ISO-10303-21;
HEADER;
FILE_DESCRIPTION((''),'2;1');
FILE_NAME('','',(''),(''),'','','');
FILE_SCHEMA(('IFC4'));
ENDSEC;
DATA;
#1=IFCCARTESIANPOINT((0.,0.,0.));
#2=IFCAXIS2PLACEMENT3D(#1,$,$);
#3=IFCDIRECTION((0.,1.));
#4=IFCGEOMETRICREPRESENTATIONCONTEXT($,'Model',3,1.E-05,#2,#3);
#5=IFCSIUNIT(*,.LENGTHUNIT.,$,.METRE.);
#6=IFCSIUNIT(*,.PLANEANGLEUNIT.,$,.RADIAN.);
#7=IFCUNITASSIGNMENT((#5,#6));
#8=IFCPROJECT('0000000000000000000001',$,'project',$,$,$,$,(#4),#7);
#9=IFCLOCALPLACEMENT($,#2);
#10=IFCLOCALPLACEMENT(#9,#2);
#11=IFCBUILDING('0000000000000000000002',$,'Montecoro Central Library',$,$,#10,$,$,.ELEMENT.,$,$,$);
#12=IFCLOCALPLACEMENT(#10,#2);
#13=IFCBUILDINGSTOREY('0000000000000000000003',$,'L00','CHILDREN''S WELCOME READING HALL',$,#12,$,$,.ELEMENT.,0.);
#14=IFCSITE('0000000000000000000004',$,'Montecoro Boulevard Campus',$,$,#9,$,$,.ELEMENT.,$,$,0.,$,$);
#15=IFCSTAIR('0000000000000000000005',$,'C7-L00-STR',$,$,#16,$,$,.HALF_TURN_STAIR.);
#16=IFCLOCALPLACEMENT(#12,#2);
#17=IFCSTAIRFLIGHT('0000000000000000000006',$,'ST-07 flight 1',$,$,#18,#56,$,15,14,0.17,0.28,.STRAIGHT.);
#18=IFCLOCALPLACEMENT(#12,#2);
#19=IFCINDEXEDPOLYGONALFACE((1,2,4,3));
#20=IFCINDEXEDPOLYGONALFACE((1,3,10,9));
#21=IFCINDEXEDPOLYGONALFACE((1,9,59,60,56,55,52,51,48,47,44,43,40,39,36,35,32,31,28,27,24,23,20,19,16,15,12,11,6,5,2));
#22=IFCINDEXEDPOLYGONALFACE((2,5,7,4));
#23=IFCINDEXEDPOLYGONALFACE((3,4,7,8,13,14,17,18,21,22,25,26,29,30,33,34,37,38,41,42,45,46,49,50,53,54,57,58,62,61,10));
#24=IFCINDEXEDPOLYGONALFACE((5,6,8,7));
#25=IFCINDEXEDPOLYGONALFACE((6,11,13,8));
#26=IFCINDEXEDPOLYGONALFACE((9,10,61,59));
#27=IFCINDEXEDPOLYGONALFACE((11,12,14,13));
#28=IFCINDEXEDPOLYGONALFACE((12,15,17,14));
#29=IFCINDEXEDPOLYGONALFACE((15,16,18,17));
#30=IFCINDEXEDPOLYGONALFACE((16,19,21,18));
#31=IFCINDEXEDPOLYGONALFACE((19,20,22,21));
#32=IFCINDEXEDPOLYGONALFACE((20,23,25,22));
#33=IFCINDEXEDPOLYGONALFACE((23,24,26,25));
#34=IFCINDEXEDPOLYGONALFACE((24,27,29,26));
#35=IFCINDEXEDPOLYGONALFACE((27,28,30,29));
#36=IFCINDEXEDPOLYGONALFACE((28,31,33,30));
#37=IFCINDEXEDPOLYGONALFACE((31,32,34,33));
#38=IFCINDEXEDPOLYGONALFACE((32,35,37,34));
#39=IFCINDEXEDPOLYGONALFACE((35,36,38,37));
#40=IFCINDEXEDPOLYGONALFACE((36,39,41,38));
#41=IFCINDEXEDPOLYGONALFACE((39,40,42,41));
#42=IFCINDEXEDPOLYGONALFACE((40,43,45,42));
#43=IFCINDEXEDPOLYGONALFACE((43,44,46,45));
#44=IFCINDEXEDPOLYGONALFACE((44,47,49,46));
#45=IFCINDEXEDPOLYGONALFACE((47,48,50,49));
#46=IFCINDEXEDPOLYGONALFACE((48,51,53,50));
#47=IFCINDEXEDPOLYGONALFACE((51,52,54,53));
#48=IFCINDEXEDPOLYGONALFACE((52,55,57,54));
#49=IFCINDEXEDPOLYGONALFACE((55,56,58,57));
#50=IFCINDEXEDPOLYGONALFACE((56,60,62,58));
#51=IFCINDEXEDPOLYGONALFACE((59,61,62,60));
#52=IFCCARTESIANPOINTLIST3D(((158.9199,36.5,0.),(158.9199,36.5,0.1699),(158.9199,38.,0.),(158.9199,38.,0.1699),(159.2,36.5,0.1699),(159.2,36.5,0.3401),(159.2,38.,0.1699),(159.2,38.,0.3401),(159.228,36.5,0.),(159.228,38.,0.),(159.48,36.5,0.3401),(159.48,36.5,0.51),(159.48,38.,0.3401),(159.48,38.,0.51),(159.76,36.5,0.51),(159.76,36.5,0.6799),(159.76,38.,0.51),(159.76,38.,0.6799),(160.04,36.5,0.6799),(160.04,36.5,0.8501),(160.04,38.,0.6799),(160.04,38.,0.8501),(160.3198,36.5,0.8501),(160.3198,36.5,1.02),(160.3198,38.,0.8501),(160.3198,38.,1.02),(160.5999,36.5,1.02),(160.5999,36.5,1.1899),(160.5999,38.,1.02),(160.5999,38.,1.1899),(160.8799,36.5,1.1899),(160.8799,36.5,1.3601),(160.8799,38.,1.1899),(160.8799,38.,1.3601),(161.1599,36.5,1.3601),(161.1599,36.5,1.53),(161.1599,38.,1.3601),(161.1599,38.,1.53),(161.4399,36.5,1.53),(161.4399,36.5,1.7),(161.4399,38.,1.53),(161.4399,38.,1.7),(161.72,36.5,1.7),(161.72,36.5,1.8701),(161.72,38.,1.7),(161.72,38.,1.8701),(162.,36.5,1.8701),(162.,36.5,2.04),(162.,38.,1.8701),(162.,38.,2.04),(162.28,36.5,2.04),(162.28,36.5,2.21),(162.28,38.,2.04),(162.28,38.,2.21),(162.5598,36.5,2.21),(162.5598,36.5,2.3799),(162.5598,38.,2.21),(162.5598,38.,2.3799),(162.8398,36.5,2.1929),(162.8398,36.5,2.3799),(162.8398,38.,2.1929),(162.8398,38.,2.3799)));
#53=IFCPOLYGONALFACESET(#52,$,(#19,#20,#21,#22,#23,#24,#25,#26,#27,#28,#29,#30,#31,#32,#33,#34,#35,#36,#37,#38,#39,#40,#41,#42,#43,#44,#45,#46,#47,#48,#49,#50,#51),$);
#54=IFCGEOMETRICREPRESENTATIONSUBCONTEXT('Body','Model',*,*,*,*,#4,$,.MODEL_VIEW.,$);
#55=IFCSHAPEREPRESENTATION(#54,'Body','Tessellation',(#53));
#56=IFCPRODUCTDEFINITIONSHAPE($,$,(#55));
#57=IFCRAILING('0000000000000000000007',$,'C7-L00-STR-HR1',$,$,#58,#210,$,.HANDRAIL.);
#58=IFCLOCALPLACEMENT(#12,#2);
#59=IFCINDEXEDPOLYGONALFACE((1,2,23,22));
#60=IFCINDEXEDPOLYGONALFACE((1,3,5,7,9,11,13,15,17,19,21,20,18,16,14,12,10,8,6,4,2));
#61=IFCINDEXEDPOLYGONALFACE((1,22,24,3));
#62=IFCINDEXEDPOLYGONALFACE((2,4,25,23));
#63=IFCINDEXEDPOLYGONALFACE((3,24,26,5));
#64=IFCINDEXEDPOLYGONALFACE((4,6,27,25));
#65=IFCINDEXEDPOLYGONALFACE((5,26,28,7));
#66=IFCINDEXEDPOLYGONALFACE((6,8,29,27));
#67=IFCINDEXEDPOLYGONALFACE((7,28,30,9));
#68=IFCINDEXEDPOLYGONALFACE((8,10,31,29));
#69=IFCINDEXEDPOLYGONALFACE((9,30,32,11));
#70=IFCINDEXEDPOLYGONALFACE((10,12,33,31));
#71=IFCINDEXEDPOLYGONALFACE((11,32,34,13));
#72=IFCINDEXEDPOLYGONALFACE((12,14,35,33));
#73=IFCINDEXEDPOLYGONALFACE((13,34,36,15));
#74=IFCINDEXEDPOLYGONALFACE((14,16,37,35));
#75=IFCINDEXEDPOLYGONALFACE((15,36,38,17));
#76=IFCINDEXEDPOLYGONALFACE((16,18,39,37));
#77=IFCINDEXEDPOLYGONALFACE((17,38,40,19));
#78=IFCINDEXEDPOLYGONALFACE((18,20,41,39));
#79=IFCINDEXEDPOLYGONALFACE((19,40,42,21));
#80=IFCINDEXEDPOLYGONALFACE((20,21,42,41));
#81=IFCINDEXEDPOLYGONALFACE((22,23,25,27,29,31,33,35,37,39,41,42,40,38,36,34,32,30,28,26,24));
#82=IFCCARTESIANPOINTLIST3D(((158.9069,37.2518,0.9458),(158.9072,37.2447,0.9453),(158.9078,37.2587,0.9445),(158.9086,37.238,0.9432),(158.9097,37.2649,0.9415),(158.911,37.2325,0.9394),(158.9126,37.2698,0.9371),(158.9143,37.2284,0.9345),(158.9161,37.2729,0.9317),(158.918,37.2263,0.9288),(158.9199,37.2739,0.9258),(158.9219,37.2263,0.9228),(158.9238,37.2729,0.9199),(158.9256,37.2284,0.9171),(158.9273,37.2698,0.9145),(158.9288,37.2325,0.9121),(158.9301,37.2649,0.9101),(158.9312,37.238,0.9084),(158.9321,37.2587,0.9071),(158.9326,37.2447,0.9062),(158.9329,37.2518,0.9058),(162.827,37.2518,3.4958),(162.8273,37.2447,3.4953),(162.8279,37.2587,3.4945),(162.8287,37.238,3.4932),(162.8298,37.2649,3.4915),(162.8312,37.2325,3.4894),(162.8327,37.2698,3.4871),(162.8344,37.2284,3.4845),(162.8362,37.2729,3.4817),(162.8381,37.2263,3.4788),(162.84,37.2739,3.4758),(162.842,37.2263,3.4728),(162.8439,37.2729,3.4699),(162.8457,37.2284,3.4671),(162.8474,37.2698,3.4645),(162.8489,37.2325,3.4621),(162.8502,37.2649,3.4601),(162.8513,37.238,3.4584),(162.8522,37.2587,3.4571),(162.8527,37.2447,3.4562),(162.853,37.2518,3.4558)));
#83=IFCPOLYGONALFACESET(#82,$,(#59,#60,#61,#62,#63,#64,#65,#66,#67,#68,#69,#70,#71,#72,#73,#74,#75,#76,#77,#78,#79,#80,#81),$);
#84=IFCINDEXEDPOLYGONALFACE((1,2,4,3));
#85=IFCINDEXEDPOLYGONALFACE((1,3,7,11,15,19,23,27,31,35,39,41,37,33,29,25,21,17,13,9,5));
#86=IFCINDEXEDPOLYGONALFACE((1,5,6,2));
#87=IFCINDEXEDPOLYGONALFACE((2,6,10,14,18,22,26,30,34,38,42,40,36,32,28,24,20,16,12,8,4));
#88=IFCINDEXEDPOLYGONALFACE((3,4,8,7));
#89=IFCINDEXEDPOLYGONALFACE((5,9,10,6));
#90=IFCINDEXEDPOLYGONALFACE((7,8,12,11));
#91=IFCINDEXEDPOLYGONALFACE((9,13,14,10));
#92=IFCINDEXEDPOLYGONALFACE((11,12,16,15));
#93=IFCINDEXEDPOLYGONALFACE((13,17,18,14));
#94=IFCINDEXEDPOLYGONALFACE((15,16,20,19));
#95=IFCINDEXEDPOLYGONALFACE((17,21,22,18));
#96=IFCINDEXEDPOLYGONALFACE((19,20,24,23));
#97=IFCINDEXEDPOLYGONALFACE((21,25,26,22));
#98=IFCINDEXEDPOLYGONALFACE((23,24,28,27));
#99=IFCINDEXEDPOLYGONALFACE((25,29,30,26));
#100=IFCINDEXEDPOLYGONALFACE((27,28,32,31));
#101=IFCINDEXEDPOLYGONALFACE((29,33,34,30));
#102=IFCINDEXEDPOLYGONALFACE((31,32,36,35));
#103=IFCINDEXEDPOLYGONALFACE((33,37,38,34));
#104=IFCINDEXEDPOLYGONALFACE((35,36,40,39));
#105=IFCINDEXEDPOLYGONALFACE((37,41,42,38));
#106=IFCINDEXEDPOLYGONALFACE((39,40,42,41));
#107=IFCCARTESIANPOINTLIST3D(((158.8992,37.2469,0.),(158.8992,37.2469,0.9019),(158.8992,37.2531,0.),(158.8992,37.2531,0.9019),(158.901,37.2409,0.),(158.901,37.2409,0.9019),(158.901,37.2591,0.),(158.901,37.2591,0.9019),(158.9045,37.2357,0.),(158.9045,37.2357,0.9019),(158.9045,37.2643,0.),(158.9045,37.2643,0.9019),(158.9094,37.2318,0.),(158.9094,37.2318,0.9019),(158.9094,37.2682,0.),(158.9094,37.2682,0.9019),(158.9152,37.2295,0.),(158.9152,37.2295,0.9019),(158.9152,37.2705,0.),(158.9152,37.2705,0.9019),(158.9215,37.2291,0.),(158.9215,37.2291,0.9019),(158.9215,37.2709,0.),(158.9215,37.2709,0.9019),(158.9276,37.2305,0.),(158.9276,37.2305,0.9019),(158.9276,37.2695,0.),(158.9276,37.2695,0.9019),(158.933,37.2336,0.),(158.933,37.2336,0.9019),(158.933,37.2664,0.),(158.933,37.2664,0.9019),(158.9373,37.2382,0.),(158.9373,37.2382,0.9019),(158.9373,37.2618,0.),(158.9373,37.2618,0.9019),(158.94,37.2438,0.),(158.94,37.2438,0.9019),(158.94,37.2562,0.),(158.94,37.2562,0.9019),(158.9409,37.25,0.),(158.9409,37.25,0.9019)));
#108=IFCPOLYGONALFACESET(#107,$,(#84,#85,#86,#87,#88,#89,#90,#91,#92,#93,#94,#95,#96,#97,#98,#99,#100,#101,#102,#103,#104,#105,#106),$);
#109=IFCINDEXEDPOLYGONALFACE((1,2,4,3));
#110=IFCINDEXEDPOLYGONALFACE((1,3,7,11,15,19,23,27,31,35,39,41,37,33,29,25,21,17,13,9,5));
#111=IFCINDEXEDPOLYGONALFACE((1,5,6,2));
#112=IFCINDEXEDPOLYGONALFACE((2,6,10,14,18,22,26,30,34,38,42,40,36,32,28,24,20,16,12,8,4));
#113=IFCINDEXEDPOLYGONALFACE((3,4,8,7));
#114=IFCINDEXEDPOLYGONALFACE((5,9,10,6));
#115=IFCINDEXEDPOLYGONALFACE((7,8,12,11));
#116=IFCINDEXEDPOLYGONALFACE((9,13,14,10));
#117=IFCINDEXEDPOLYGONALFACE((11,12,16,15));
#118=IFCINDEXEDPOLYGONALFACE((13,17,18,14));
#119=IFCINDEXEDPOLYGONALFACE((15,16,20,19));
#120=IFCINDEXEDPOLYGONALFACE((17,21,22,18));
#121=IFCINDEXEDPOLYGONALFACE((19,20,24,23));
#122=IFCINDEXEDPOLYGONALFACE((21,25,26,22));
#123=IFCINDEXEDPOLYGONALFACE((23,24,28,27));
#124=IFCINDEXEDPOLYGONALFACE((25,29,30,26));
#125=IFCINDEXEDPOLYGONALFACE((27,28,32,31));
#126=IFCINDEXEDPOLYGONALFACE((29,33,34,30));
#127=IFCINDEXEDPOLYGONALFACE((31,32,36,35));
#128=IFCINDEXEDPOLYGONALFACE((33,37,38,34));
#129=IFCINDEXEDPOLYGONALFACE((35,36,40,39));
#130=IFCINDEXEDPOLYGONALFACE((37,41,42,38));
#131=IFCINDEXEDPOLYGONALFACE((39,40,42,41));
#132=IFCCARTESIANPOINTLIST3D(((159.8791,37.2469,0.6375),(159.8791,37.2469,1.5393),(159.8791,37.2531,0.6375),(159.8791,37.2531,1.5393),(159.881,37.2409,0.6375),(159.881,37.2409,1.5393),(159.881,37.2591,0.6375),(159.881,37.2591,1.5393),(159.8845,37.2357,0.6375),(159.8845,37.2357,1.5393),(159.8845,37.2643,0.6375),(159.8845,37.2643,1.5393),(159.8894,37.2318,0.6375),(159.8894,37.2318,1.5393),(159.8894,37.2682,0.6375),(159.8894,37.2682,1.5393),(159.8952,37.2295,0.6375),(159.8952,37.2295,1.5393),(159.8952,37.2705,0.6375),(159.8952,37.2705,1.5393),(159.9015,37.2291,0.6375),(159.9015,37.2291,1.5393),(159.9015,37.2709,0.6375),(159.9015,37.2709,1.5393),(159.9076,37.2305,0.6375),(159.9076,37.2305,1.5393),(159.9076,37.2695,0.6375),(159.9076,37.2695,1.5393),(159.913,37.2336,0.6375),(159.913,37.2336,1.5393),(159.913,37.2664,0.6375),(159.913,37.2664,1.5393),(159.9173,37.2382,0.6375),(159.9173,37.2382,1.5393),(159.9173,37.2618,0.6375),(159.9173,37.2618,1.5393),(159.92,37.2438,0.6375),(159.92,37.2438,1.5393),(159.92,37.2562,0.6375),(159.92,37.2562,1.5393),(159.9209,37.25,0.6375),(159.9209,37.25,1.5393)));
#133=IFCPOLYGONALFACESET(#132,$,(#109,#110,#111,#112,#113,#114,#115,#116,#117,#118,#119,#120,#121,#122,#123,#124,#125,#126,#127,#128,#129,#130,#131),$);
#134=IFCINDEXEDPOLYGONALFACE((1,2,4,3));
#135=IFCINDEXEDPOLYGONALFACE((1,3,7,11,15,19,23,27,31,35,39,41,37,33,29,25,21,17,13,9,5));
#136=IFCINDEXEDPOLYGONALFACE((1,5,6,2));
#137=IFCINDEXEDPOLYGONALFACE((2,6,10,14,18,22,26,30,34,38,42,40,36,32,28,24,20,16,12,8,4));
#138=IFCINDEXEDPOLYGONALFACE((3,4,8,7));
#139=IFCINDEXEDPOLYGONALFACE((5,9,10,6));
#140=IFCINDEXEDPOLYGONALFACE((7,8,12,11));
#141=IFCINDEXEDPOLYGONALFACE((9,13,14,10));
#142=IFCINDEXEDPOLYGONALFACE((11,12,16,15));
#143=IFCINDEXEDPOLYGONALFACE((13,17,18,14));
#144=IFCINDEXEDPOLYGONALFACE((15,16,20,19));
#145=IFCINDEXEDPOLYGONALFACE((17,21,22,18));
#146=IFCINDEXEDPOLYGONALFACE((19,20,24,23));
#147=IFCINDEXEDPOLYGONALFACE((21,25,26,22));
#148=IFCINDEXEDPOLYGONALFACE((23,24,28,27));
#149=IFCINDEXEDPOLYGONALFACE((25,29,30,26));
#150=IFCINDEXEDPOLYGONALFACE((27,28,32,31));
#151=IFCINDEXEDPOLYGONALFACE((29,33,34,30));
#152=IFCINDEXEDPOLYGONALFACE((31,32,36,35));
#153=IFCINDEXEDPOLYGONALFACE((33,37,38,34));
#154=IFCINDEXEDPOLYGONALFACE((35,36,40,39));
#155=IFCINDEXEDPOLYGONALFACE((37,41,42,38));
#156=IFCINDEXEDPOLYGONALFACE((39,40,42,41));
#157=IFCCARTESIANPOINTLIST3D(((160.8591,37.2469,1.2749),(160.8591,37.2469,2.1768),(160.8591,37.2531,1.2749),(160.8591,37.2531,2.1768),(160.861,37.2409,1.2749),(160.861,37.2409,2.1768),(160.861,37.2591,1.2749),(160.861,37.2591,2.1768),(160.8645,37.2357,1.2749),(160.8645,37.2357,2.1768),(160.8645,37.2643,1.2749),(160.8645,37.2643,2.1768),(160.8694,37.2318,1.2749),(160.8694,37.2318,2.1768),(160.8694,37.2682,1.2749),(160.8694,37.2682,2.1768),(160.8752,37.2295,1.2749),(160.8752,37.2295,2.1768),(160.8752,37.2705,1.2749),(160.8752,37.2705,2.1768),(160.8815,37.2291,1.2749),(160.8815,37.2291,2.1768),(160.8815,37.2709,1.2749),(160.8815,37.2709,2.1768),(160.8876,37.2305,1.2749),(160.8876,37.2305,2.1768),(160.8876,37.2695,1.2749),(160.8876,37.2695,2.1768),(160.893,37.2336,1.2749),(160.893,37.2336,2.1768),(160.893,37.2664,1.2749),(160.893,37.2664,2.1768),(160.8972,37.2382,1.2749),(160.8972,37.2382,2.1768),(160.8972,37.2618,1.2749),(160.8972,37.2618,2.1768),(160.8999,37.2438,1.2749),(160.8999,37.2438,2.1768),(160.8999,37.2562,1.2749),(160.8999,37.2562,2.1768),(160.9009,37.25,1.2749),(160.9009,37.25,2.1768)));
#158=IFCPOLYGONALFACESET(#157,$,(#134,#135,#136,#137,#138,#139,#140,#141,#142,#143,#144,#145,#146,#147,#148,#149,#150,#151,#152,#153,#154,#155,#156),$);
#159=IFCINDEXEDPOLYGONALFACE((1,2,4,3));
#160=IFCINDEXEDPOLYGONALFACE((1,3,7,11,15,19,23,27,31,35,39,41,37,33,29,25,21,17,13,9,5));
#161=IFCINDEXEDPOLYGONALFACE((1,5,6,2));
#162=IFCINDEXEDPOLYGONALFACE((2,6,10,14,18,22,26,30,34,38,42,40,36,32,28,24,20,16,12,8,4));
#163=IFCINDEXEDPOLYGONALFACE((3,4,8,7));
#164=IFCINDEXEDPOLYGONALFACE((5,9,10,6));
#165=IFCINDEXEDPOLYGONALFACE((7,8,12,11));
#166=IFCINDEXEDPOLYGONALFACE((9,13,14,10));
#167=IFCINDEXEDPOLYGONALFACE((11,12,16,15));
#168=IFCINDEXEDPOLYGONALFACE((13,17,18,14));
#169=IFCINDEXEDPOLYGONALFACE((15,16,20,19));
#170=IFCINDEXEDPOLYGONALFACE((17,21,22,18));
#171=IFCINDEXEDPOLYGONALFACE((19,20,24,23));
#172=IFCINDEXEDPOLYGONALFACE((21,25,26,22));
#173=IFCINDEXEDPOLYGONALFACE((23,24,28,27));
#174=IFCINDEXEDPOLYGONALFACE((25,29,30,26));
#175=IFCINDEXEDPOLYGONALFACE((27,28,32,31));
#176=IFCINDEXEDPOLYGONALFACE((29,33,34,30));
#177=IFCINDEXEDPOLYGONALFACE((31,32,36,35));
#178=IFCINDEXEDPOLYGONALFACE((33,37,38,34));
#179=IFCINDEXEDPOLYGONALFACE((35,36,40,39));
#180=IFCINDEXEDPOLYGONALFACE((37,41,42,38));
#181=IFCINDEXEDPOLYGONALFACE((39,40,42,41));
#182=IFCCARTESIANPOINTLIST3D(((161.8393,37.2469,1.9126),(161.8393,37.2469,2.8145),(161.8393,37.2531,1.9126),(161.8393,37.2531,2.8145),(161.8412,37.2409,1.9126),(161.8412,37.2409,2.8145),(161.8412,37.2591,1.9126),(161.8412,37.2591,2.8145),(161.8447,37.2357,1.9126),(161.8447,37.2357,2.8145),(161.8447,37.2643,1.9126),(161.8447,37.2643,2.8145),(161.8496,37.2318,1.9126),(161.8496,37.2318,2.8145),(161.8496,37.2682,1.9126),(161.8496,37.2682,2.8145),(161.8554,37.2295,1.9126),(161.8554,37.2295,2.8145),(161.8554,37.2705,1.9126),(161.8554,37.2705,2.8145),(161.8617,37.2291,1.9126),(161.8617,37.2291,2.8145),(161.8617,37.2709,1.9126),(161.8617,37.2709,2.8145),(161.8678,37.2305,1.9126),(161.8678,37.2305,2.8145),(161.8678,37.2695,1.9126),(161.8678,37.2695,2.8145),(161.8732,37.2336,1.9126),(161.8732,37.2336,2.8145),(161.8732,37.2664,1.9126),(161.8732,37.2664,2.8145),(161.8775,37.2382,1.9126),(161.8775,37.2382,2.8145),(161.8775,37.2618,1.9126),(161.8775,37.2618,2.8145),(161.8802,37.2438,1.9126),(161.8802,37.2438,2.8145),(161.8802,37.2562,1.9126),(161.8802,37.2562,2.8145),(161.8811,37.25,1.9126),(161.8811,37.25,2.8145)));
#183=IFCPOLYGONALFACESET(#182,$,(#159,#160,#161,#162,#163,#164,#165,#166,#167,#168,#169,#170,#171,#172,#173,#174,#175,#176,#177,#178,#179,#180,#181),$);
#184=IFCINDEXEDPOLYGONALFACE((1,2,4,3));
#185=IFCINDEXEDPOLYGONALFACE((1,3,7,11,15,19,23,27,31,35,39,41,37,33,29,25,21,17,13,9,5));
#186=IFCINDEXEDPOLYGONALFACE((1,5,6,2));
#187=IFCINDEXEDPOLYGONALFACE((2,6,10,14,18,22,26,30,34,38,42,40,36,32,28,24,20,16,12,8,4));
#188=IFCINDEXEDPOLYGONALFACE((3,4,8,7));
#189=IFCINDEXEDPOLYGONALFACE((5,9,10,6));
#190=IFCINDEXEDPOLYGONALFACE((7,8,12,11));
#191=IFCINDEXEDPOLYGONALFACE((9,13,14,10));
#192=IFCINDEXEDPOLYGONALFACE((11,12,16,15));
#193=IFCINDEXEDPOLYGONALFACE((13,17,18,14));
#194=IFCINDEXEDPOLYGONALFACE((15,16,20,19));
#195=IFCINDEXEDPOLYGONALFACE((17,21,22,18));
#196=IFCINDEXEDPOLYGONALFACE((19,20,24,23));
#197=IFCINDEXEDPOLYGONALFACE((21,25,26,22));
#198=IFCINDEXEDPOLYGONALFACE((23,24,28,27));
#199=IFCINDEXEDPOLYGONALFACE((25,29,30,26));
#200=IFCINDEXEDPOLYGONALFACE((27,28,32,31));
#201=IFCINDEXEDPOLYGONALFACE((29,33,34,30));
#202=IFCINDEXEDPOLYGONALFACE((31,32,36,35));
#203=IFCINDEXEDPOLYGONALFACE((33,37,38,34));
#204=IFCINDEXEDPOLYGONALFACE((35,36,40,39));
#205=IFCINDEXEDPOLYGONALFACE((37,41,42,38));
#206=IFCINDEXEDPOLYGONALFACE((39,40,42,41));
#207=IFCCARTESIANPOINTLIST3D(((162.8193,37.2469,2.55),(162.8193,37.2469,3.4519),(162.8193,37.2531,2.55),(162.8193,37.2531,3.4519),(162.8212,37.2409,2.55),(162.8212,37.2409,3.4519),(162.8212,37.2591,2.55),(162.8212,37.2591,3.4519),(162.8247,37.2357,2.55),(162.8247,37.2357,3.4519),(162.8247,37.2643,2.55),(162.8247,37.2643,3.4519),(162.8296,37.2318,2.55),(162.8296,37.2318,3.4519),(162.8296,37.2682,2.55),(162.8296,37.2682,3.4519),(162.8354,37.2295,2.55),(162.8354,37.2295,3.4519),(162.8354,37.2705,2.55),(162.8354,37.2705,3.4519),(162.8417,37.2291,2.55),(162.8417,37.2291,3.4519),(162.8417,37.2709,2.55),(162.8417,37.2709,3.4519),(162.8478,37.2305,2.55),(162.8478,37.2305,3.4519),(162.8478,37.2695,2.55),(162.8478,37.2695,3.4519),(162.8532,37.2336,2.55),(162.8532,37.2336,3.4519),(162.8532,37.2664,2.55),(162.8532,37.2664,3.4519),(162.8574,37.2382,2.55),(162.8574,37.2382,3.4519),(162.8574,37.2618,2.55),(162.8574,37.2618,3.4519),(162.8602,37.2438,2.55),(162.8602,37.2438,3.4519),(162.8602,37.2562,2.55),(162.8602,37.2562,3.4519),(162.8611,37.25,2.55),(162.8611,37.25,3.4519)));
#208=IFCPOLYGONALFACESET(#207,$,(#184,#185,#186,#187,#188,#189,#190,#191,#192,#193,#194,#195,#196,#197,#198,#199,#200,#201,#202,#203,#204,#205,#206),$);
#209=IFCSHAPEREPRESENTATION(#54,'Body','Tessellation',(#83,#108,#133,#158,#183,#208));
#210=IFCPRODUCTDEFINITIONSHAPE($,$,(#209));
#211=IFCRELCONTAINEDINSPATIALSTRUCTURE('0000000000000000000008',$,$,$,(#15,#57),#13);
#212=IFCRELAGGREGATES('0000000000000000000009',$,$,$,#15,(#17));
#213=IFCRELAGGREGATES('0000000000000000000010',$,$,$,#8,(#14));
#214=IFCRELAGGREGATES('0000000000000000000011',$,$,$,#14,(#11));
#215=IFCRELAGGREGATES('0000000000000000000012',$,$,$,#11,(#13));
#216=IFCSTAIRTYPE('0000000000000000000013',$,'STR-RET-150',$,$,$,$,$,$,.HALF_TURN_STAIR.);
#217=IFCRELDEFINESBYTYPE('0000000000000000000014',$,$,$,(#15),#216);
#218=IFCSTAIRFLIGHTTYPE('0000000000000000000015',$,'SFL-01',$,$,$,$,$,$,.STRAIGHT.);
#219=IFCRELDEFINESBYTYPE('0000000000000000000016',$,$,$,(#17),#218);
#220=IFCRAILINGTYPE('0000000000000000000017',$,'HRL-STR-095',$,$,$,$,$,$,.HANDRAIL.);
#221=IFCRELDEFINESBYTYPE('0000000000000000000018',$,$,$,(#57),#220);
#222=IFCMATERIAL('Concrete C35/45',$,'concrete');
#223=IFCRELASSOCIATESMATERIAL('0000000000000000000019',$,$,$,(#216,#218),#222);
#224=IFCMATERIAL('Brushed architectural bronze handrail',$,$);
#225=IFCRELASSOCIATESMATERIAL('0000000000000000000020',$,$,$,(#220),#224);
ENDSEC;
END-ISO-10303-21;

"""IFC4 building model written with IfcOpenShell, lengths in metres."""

from ifc_helpers import new_model, si_unit, direction, frame, origin, origin_2d, place, context, subcontext, project, spatial, polyline, circle, outline, extrude, material, type_object, element, aggregate, save


model = new_model("IFC4")

# Units and contexts
model_context = context("Model", 3, precision=1e-05, world=origin(), true_north=direction((0.0, 1.0)))
body_context = subcontext(model_context, "Body", "Model", "MODEL_VIEW")
ifc_project = project(units=[si_unit("LENGTHUNIT", "METRE"), si_unit("PLANEANGLEUNIT", "RADIAN")], contexts=[model_context])

# Site, building, storey
site_placement = place(None, origin())
site = spatial("IfcSite", under=ifc_project, at=site_placement, Name="Montecoro Boulevard Campus", CompositionType="ELEMENT", RefElevation=0.0)
building_placement = place(site_placement, origin())
building = spatial("IfcBuilding", under=site, at=building_placement, Name="Montecoro Central Library", CompositionType="ELEMENT")
storey_placement = place(building_placement, origin())
storey = spatial("IfcBuildingStorey", under=building, at=storey_placement, Name="L00", Description="CHILDREN'S WELCOME READING HALL", CompositionType="ELEMENT", Elevation=0.0)

# Shared definitions
ifc_material_1 = material(Name="Concrete C35/45", Category="concrete")

# Stair, stair flight
stair_type = type_object("IfcStairType", Name="STR-RET-150", PredefinedType="HALF_TURN_STAIR", material=ifc_material_1)
stair_placement = place(storey_placement, origin())
stair = element("IfcStair", 1, at=stair_placement, inside=storey, type_object=stair_type, Name="C7-L00-STR", PredefinedType="HALF_TURN_STAIR")
stair_flight_type = type_object("IfcStairFlightType", Name="SFL-01", PredefinedType="STRAIGHT", material=ifc_material_1)
stair_flight_placement = place(storey_placement, frame((158.9199, 37.25, 0.0), z_axis=(0.0, 0.0, 1.0), x_axis=(1.0, 0.0, 0.0)))
stair_flight = element("IfcStairFlight", 2, at=stair_flight_placement, type_object=stair_flight_type, Name="ST-07 flight 1", NumberOfRisers=15, NumberOfTreads=14, PredefinedType="STRAIGHT", RiserHeight=0.17, TreadLength=0.28, context=body_context, shape_type="SweptSolid", body=[
    extrude(outline(polyline([(0.0, 0.0), (0.0, 0.1699), (0.28, 0.1699), (0.28, 0.3401), (0.5601, 0.3401), (0.5601, 0.51), (0.8401, 0.51), (0.8401, 0.6799), (1.1201, 0.6799), (1.1201, 0.8501), (1.3999, 0.8501), (1.3999, 1.02), (1.6799, 1.02), (1.6799, 1.1899), (1.96, 1.1899), (1.96, 1.3601), (2.24, 1.3601), (2.24, 1.53), (2.52, 1.53), (2.52, 1.7), (2.8, 1.7), (2.8, 1.8701), (3.0801, 1.8701), (3.0801, 2.04), (3.3601, 2.04), (3.3601, 2.21), (3.6399, 2.21), (3.6399, 2.3799), (3.9199, 2.3799), (3.9199, 2.55), (3.9199, 2.1929), (0.3081, 0.0), (0.0, 0.0)])), frame((0.0, 0.75, 0.0), z_axis=(0.0, -1.0, 0.0), x_axis=(1.0, 0.0, 0.0)), (0.0, 0.0, 1.0), 1.5),
])
aggregate(stair, [stair_flight])

# Railing
ifc_material_2 = material(Name="Brushed architectural bronze handrail")
railing_type_1 = type_object("IfcRailingType", Name="HRL-STR-095", PredefinedType="HANDRAIL", material=ifc_material_2)
railing_1_placement = place(storey_placement, frame((158.9199, 37.25, 0.0)))
element("IfcRailing", 3, at=railing_1_placement, inside=storey, type_object=railing_type_1, Name="C7-L00-STR-HR1", PredefinedType="HANDRAIL", context=body_context, shape_type="SweptSolid", body=[
    extrude(circle(Radius=0.0239, at=origin_2d()), frame((0.0, 0.0, 0.9258), z_axis=(0.838254, 0.0, 0.54528), x_axis=(0.0, 1.0, 0.0)), (0.0, 0.0, 1.0), 4.6765),
    extrude(circle(Radius=0.021, at=origin_2d()), origin(), (0.0, 0.0, 1.0), 0.9019),
    extrude(circle(Radius=0.021, at=origin_2d()), frame((0.98, 0.0, 0.6375)), (0.0, 0.0, 1.0), 0.9019),
    extrude(circle(Radius=0.021, at=origin_2d()), frame((1.96, 0.0, 1.2749)), (0.0, 0.0, 1.0), 0.9019),
    extrude(circle(Radius=0.021, at=origin_2d()), frame((2.9402, 0.0, 1.9126)), (0.0, 0.0, 1.0), 0.9019),
    extrude(circle(Radius=0.021, at=origin_2d()), frame((3.9202, 0.0, 2.55)), (0.0, 0.0, 1.0), 0.9019),
])

save(model, "model.ifc")
